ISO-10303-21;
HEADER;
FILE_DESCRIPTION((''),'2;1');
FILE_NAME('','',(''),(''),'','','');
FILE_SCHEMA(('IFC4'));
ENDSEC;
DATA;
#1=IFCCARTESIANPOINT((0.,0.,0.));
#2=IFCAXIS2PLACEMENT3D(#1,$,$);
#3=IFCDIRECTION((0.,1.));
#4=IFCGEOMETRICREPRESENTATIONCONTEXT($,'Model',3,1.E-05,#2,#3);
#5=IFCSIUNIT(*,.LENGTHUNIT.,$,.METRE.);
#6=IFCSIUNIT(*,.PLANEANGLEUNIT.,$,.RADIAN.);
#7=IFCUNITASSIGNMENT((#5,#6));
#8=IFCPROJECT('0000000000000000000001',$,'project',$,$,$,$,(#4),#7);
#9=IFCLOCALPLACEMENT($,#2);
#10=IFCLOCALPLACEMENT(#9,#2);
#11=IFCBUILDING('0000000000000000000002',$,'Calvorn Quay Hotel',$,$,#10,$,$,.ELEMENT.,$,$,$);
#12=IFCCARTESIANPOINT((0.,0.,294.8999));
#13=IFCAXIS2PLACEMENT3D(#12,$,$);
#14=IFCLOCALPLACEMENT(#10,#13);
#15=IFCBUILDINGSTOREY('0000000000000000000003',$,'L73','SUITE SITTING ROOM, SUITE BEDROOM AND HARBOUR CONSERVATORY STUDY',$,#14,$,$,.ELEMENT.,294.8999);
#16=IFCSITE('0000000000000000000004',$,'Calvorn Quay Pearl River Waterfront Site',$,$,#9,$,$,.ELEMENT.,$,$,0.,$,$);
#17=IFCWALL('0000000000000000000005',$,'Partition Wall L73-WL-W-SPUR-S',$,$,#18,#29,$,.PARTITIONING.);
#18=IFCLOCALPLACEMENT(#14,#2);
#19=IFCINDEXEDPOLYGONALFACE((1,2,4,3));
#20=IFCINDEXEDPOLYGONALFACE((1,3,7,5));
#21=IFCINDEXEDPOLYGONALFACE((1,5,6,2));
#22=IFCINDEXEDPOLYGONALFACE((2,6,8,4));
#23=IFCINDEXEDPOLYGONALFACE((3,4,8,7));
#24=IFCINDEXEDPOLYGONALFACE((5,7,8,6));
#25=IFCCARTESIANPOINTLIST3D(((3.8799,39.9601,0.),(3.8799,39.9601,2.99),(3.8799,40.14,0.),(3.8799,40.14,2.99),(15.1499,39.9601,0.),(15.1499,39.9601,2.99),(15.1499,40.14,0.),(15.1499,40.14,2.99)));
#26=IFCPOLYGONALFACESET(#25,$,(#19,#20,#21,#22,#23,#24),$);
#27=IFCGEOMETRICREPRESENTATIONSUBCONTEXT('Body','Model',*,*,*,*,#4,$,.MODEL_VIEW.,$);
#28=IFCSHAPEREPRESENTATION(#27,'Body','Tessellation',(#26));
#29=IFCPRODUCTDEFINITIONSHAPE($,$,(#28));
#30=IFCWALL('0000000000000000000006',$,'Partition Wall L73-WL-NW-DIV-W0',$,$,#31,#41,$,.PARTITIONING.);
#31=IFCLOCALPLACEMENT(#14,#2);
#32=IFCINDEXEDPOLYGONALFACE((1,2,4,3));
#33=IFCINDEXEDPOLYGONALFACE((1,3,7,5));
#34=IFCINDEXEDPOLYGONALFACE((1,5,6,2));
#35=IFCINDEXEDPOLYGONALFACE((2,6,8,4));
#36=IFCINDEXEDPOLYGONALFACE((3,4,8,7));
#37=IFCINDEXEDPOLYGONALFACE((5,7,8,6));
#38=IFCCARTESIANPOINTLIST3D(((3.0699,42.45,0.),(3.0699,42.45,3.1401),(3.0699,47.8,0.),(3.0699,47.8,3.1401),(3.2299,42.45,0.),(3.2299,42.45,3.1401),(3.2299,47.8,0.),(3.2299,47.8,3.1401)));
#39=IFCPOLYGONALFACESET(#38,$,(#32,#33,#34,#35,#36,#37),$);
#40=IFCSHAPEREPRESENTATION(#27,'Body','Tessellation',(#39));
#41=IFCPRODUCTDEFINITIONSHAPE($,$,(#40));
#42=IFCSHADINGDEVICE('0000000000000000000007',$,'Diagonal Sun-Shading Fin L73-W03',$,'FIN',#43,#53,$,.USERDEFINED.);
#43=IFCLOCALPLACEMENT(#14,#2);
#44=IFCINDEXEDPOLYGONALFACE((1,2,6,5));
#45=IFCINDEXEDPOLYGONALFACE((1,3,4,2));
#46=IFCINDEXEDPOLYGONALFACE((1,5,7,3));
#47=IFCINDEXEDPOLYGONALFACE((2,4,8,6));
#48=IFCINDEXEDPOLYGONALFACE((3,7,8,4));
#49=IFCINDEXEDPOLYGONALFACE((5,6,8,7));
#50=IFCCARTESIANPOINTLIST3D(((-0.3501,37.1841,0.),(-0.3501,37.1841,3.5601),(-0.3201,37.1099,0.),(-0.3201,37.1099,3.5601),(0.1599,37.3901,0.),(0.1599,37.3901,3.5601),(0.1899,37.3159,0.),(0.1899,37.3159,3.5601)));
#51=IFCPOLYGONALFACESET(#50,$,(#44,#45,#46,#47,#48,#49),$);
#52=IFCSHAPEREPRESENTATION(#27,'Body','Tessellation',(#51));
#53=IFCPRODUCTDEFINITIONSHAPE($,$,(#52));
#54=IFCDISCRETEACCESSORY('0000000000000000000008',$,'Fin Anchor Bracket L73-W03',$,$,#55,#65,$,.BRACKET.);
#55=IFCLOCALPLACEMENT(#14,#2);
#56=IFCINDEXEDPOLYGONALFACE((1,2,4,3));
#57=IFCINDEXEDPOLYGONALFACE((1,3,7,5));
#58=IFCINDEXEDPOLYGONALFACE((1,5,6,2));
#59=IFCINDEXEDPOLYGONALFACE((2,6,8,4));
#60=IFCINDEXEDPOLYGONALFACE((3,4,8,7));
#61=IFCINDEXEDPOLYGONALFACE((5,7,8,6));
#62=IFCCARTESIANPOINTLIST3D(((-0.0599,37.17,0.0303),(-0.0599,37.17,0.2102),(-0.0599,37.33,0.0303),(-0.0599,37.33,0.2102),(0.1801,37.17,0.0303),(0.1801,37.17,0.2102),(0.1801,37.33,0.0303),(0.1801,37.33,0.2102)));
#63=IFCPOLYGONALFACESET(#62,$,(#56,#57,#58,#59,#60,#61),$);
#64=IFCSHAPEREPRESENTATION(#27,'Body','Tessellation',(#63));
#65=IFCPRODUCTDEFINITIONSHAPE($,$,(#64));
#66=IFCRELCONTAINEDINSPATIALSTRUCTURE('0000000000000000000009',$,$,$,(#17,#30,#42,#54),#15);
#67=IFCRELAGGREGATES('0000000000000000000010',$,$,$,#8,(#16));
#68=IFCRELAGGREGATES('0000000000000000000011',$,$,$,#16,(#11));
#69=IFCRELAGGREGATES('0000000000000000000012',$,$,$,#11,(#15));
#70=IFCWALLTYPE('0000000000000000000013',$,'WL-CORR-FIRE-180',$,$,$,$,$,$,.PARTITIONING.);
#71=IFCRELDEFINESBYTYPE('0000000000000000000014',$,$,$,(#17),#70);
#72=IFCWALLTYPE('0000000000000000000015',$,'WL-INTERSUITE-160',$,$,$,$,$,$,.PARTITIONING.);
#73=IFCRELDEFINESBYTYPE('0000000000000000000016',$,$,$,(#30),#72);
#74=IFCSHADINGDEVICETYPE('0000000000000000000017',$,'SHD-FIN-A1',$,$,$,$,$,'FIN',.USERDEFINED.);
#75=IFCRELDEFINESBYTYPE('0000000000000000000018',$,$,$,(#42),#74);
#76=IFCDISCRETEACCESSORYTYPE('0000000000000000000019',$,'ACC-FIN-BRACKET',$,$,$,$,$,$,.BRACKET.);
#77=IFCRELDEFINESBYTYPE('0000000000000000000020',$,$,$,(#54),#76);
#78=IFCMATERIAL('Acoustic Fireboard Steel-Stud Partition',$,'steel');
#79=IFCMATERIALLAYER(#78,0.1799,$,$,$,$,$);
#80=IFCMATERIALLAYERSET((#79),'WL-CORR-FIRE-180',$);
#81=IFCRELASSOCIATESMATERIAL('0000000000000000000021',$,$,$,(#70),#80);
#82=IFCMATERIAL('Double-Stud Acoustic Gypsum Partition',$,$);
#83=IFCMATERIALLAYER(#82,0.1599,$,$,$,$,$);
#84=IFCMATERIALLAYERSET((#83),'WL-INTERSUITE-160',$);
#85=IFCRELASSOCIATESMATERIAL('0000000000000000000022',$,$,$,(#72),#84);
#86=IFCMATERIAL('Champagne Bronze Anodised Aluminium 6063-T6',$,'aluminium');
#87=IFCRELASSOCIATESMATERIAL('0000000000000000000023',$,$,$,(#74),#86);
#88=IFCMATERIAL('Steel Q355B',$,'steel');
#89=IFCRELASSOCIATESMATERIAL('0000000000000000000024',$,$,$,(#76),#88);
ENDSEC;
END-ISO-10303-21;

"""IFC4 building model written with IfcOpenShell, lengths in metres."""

from ifc_helpers import new_model, si_unit, direction, frame, frame_2d, origin, origin_2d, place, context, subcontext, project, spatial, rectangle, extrude, material, layer, layer_set, type_object, element, save


model = new_model("IFC4")

# Units and contexts
model_context = context("Model", 3, precision=1e-05, world=origin(), true_north=direction((0.0, 1.0)))
body_context = subcontext(model_context, "Body", "Model", "MODEL_VIEW")
ifc_project = project(units=[si_unit("LENGTHUNIT", "METRE"), si_unit("PLANEANGLEUNIT", "RADIAN")], contexts=[model_context])

# Site, building, storey
site_placement = place(None, origin())
site = spatial("IfcSite", under=ifc_project, at=site_placement, Name="Calvorn Quay Pearl River Waterfront Site", CompositionType="ELEMENT", RefElevation=0.0)
building_placement = place(site_placement, origin())
building = spatial("IfcBuilding", under=site, at=building_placement, Name="Calvorn Quay Hotel", CompositionType="ELEMENT")
storey_placement = place(building_placement, frame((0.0, 0.0, 294.8999)))
storey = spatial("IfcBuildingStorey", under=building, at=storey_placement, Name="L73", Description="SUITE SITTING ROOM, SUITE BEDROOM AND HARBOUR CONSERVATORY STUDY", CompositionType="ELEMENT", Elevation=294.8999)

# Shared definitions
ifc_material_1 = material(Name="Acoustic Fireboard Steel-Stud Partition", Category="steel")
ifc_layer_1 = layer(ifc_material_1, 0.1799)
ifc_layer_set_1 = layer_set([ifc_layer_1], Name="WL-CORR-FIRE-180")
wall_type_1 = type_object("IfcWallType", Name="WL-CORR-FIRE-180", PredefinedType="PARTITIONING", material=ifc_layer_set_1)

# Walls
wall_1_placement = place(storey_placement, frame((3.8799, 40.05, 0.0), z_axis=(0.0, 0.0, 1.0), x_axis=(1.0, 0.0, 0.0)))
element("IfcWall", 1, at=wall_1_placement, inside=storey, type_object=wall_type_1, Name="Partition Wall L73-WL-W-SPUR-S", PredefinedType="PARTITIONING", context=body_context, shape_type="SweptSolid", body=[
    extrude(rectangle(XDim=11.27, YDim=0.1799, at=frame_2d((5.635, 0.0))), origin(), (0.0, 0.0, 1.0), 2.99),
])
ifc_material_2 = material(Name="Double-Stud Acoustic Gypsum Partition")
ifc_layer_2 = layer(ifc_material_2, 0.1599)
ifc_layer_set_2 = layer_set([ifc_layer_2], Name="WL-INTERSUITE-160")
wall_type_2 = type_object("IfcWallType", Name="WL-INTERSUITE-160", PredefinedType="PARTITIONING", material=ifc_layer_set_2)
wall_2_placement = place(storey_placement, frame((3.1499, 42.45, 0.0), z_axis=(0.0, 0.0, 1.0), x_axis=(0.0, 1.0, 0.0)))
element("IfcWall", 2, at=wall_2_placement, inside=storey, type_object=wall_type_2, Name="Partition Wall L73-WL-NW-DIV-W0", PredefinedType="PARTITIONING", context=body_context, shape_type="SweptSolid", body=[
    extrude(rectangle(XDim=5.3501, YDim=0.1599, at=frame_2d((2.675, 0.0))), origin(), (0.0, 0.0, 1.0), 3.1401),
])

# Shading device
ifc_material_3 = material(Name="Champagne Bronze Anodised Aluminium 6063-T6", Category="aluminium")
shading_device_type = type_object("IfcShadingDeviceType", Name="SHD-FIN-A1", ElementType="FIN", PredefinedType="USERDEFINED", material=ifc_material_3)
shading_device_placement = place(storey_placement, frame((-0.0801, 37.25, 0.0), z_axis=(0.0, 0.0, 1.0), x_axis=(0.927184, 0.374607, 0.0)))
element("IfcShadingDevice", 3, at=shading_device_placement, inside=storey, type_object=shading_device_type, Name="Diagonal Sun-Shading Fin L73-W03", ObjectType="FIN", PredefinedType="USERDEFINED", context=body_context, shape_type="SweptSolid", body=[
    extrude(rectangle(XDim=0.55, YDim=0.0801, at=origin_2d()), origin(), (0.0, 0.0, 1.0), 3.5601),
])

# Discrete accessory
ifc_material_4 = material(Name="Steel Q355B", Category="steel")
discrete_accessory_type = type_object("IfcDiscreteAccessoryType", Name="ACC-FIN-BRACKET", PredefinedType="BRACKET", material=ifc_material_4)
discrete_accessory_placement = place(storey_placement, frame((0.0601, 37.25, 0.0303), z_axis=(0.0, 0.0, 1.0), x_axis=(1.0, 0.0, 0.0)))
element("IfcDiscreteAccessory", 4, at=discrete_accessory_placement, inside=storey, type_object=discrete_accessory_type, Name="Fin Anchor Bracket L73-W03", PredefinedType="BRACKET", context=body_context, shape_type="SweptSolid", body=[
    extrude(rectangle(XDim=0.24, YDim=0.1599, at=origin_2d()), origin(), (0.0, 0.0, 1.0), 0.1799),
])

save(model, "model.ifc")
